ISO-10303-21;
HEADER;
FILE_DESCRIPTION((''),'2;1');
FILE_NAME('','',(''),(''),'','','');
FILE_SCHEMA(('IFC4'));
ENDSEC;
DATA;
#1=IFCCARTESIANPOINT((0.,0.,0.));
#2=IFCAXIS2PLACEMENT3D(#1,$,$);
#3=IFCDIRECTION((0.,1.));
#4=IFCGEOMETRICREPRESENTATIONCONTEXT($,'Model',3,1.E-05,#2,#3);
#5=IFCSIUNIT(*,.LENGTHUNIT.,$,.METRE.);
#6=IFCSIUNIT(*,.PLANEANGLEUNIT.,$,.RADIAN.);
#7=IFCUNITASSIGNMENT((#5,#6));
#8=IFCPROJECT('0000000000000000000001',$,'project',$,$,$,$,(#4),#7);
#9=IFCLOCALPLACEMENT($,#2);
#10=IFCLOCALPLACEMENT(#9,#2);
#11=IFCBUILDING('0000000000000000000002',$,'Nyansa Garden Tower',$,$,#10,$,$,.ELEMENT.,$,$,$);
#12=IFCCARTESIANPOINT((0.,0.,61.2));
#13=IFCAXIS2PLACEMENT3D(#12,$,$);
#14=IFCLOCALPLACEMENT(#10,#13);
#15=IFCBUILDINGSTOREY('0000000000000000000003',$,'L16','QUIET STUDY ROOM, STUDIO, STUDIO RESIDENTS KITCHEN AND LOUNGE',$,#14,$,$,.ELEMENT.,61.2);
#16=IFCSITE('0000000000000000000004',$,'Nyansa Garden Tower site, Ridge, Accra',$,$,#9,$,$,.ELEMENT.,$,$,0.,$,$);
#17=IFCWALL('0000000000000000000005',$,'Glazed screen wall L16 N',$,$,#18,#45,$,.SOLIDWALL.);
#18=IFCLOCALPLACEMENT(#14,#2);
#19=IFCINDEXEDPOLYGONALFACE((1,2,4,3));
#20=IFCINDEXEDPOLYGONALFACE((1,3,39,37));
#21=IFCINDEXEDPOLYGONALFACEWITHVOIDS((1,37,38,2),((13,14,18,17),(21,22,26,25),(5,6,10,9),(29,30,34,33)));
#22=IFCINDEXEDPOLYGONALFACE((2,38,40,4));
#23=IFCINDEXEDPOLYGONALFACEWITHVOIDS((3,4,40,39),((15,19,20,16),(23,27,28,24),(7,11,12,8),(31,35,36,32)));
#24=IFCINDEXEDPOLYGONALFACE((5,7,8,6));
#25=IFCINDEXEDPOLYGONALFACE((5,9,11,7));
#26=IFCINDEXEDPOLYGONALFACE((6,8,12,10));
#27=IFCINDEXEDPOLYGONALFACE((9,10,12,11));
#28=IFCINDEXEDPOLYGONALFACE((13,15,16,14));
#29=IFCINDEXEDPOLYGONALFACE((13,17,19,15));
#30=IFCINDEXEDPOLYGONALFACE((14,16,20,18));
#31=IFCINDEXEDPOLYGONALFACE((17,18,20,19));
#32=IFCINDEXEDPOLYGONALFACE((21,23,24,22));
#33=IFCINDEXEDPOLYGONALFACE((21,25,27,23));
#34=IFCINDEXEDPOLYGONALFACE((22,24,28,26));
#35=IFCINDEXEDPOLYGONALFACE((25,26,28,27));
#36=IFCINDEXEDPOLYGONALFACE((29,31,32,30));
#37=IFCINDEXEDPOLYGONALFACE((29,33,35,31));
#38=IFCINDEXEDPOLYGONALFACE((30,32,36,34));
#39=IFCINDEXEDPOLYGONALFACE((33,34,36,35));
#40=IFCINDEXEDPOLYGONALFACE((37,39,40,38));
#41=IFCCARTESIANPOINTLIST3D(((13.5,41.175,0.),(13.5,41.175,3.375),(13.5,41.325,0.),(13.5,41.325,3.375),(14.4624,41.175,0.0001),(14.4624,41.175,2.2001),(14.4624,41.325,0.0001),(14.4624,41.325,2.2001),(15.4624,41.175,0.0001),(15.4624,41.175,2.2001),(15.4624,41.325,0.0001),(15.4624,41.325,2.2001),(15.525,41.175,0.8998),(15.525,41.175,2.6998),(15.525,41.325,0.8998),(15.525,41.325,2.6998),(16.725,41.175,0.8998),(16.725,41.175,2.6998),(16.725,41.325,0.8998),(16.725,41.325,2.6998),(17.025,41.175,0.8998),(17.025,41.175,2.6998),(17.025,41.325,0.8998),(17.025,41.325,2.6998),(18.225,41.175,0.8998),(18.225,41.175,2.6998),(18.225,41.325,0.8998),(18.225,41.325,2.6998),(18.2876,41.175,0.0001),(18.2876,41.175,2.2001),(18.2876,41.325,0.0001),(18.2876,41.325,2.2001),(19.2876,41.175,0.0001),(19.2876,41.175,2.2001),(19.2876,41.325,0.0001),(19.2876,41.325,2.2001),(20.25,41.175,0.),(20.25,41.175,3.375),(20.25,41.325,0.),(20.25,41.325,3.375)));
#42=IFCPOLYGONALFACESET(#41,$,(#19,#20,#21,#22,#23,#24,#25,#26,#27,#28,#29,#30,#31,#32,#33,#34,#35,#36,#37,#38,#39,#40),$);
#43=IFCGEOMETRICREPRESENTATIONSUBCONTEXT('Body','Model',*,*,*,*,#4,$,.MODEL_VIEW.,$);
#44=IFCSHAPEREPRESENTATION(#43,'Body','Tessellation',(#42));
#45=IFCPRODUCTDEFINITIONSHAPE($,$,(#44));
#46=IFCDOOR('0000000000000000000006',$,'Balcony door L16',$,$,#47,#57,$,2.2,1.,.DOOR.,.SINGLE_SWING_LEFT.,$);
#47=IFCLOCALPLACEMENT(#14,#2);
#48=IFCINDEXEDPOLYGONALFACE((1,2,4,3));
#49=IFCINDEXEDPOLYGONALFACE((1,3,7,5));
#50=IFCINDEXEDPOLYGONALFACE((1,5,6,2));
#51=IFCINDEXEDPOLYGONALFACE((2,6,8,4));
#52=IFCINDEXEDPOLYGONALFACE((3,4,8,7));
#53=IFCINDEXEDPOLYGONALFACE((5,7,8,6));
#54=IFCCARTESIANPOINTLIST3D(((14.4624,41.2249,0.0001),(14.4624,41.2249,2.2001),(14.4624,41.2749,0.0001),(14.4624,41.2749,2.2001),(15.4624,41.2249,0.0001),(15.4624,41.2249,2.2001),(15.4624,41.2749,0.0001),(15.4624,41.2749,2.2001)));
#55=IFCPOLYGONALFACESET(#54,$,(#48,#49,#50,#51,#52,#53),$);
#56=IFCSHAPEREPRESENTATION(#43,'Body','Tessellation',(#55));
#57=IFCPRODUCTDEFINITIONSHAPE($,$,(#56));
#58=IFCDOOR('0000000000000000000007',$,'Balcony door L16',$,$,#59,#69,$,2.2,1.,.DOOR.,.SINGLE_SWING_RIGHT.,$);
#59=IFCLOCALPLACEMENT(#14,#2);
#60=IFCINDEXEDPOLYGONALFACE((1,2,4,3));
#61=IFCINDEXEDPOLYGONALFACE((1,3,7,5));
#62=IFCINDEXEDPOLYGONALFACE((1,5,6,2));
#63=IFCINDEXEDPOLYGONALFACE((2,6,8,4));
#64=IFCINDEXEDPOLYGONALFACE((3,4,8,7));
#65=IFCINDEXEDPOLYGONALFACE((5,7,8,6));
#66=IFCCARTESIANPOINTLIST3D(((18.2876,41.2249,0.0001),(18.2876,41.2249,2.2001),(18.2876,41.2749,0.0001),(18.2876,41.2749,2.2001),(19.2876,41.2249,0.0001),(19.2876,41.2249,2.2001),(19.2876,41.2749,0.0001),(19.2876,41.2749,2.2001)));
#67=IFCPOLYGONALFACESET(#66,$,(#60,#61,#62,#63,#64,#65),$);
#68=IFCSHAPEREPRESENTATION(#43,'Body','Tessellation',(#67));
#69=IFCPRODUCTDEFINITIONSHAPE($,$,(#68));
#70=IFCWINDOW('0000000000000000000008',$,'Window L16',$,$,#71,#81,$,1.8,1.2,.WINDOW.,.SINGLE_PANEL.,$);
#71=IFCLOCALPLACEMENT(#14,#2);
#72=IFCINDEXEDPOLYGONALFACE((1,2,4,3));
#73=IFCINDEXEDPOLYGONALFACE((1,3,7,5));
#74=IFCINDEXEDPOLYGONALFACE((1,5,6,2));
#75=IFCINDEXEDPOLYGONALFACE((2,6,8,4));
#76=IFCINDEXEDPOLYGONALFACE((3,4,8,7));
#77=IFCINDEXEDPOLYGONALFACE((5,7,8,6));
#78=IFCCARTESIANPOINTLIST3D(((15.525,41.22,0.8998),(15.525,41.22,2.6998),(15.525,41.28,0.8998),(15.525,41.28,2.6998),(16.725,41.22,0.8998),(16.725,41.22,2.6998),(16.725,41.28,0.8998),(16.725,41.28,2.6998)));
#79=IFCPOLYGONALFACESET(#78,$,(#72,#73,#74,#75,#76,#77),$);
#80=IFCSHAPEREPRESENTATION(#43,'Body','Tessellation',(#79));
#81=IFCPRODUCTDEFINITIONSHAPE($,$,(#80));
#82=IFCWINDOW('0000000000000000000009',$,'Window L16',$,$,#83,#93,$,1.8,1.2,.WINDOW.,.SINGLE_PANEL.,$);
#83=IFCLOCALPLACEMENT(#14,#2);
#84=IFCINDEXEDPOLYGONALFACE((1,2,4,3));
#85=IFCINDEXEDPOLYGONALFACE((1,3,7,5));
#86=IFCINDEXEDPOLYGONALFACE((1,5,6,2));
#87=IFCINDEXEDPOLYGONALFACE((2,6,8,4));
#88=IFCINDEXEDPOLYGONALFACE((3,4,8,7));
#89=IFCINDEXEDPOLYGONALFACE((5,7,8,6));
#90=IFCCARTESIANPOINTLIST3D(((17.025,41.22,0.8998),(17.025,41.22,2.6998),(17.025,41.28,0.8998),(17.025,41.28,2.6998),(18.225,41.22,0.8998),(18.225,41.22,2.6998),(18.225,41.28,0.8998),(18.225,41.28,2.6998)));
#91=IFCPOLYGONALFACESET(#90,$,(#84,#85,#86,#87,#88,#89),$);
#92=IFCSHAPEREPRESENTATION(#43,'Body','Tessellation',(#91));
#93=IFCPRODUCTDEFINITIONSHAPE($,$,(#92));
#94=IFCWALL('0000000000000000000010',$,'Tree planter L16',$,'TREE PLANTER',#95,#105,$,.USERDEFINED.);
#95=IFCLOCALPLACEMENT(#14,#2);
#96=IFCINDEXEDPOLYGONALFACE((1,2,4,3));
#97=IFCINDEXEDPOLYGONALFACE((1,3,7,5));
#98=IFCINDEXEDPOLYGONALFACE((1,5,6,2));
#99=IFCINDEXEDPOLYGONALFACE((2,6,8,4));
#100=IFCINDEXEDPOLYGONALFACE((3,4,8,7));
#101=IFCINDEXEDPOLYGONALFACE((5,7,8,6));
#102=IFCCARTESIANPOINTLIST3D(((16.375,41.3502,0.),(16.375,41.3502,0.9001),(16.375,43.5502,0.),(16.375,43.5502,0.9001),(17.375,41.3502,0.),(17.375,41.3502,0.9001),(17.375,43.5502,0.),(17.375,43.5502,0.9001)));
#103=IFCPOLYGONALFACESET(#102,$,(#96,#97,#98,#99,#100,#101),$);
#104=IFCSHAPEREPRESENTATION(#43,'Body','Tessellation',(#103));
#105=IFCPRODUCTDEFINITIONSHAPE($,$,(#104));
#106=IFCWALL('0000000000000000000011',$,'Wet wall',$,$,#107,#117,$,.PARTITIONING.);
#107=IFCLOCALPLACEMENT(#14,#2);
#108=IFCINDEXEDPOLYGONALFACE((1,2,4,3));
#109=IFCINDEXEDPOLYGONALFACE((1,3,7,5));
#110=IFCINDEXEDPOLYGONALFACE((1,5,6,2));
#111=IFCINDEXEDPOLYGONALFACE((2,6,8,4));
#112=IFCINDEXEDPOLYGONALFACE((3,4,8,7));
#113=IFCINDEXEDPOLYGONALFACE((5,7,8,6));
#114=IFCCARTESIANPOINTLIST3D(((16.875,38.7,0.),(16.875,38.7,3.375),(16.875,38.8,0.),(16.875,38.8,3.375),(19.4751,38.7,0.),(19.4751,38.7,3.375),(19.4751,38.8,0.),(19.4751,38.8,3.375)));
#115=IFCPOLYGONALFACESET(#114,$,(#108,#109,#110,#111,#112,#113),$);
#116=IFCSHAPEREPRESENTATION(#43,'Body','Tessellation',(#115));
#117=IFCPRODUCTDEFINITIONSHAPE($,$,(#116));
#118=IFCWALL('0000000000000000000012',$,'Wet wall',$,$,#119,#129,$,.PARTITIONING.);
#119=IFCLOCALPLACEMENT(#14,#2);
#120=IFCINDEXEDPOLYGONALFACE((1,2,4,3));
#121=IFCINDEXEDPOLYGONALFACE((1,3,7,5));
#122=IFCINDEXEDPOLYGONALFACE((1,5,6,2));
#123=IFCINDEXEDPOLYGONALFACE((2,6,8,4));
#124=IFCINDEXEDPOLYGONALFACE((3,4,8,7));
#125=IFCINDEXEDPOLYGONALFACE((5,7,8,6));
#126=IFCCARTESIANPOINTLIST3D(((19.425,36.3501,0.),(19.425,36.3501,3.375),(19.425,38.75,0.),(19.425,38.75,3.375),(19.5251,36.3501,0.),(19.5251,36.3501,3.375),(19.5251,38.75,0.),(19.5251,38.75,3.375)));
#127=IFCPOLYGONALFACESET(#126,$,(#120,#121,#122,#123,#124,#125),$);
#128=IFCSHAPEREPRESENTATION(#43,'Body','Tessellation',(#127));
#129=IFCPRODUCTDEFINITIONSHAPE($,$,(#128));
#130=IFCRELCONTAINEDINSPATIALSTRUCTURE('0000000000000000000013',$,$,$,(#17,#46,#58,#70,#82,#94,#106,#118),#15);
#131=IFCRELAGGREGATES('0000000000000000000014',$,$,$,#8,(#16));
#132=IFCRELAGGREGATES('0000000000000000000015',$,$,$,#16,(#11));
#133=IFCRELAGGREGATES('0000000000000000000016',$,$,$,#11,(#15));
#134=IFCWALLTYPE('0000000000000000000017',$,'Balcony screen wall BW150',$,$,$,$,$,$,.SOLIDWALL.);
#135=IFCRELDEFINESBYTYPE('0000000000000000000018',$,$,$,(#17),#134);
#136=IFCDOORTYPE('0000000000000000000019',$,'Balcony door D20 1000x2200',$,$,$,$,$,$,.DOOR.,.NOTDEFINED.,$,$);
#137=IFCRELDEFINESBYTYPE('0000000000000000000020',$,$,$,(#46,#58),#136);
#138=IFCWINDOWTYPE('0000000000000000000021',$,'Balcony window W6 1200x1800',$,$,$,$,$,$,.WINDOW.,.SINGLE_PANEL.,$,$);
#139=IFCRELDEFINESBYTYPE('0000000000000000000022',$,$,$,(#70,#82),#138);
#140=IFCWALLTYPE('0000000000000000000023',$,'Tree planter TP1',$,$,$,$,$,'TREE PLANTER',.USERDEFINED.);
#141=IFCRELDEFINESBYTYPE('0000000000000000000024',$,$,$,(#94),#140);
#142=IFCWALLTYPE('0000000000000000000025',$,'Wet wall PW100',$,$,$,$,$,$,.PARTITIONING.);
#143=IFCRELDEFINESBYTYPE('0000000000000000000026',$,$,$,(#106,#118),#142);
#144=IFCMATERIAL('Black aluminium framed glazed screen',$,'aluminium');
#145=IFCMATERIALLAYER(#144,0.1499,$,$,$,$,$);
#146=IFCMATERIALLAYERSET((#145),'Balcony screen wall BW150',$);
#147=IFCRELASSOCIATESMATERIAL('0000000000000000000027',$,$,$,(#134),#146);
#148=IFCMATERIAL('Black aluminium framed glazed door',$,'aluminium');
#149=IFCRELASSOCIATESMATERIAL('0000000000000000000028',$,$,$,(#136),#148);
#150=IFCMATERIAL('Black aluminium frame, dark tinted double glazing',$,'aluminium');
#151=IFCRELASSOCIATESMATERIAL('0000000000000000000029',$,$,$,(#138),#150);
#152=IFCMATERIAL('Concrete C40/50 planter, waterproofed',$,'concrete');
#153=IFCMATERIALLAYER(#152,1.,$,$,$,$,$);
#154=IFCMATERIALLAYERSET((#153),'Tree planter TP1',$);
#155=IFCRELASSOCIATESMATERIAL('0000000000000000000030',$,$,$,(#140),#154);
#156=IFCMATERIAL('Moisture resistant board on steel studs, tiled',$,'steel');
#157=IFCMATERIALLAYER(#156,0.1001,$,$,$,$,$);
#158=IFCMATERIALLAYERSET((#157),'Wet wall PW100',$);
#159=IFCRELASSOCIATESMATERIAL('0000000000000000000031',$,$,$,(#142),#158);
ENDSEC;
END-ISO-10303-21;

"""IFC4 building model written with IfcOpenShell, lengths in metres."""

from ifc_helpers import new_model, si_unit, direction, frame, frame_2d, origin, place, context, subcontext, project, spatial, rectangle, extrude, material, layer, layer_set, type_object, element, fill, save


model = new_model("IFC4")

# Units and contexts
model_context = context("Model", 3, precision=1e-05, world=origin(), true_north=direction((0.0, 1.0)))
body_context = subcontext(model_context, "Body", "Model", "MODEL_VIEW")
ifc_project = project(units=[si_unit("LENGTHUNIT", "METRE"), si_unit("PLANEANGLEUNIT", "RADIAN")], contexts=[model_context])

# Site, building, storey
site_placement = place(None, origin())
site = spatial("IfcSite", under=ifc_project, at=site_placement, Name="Nyansa Garden Tower site, Ridge, Accra", CompositionType="ELEMENT", RefElevation=0.0)
building_placement = place(site_placement, origin())
building = spatial("IfcBuilding", under=site, at=building_placement, Name="Nyansa Garden Tower", CompositionType="ELEMENT")
storey_placement = place(building_placement, frame((0.0, 0.0, 61.2)))
storey = spatial("IfcBuildingStorey", under=building, at=storey_placement, Name="L16", Description="QUIET STUDY ROOM, STUDIO, STUDIO RESIDENTS KITCHEN AND LOUNGE", CompositionType="ELEMENT", Elevation=61.2)

# Wall, openings, doors, windows
ifc_material_1 = material(Name="Black aluminium framed glazed screen", Category="aluminium")
ifc_layer_1 = layer(ifc_material_1, 0.1499)
ifc_layer_set_1 = layer_set([ifc_layer_1], Name="Balcony screen wall BW150")
wall_type_1 = type_object("IfcWallType", Name="Balcony screen wall BW150", PredefinedType="SOLIDWALL", material=ifc_layer_set_1)
wall_1_placement = place(storey_placement, frame((13.5, 41.25, 0.0), z_axis=(0.0, 0.0, 1.0), x_axis=(1.0, 0.0, 0.0)))
wall_1 = element("IfcWall", 1, at=wall_1_placement, inside=storey, type_object=wall_type_1, Name="Glazed screen wall L16 N", PredefinedType="SOLIDWALL", context=body_context, shape_type="SweptSolid", body=[
    extrude(rectangle(XDim=6.75, YDim=0.1499, at=frame_2d((3.375, 0.0))), origin(), (0.0, 0.0, 1.0), 3.375),
])
opening_1_placement = place(wall_1_placement, frame((0.9624, 0.0, 0.0)))
opening_1 = element("IfcOpeningElement", 2, at=opening_1_placement, cuts=wall_1, PredefinedType="OPENING", context=body_context, shape_type="SweptSolid", body=[
    extrude(rectangle(XDim=1.0, YDim=2.2, at=frame_2d((0.5, 1.1001))), frame((0.0, 0.085, 0.0), z_axis=(0.0, -1.0, 0.0), x_axis=(1.0, 0.0, 0.0)), (0.0, 0.0, 1.0), 0.1699),
])
opening_2_placement = place(wall_1_placement, frame((2.0249, 0.0, 0.8999)))
opening_2 = element("IfcOpeningElement", 3, at=opening_2_placement, cuts=wall_1, PredefinedType="OPENING", context=body_context, shape_type="SweptSolid", body=[
    extrude(rectangle(XDim=1.2, YDim=1.8, at=frame_2d((0.6001, 0.8999))), frame((0.0, 0.085, 0.0), z_axis=(0.0, -1.0, 0.0), x_axis=(1.0, 0.0, 0.0)), (0.0, 0.0, 1.0), 0.1699),
])
opening_3_placement = place(wall_1_placement, frame((4.7876, 0.0, 0.0)))
opening_3 = element("IfcOpeningElement", 4, at=opening_3_placement, cuts=wall_1, PredefinedType="OPENING", context=body_context, shape_type="SweptSolid", body=[
    extrude(rectangle(XDim=1.0, YDim=2.2, at=frame_2d((0.5, 1.1001))), frame((0.0, 0.085, 0.0), z_axis=(0.0, -1.0, 0.0), x_axis=(1.0, 0.0, 0.0)), (0.0, 0.0, 1.0), 0.1699),
])
opening_4_placement = place(wall_1_placement, frame((3.5249, 0.0, 0.8999)))
opening_4 = element("IfcOpeningElement", 5, at=opening_4_placement, cuts=wall_1, PredefinedType="OPENING", context=body_context, shape_type="SweptSolid", body=[
    extrude(rectangle(XDim=1.2, YDim=1.8, at=frame_2d((0.6001, 0.8999))), frame((0.0, 0.085, 0.0), z_axis=(0.0, -1.0, 0.0), x_axis=(1.0, 0.0, 0.0)), (0.0, 0.0, 1.0), 0.1699),
])
ifc_material_2 = material(Name="Black aluminium framed glazed door", Category="aluminium")
door_type_1 = type_object("IfcDoorType", Name="Balcony door D20 1000x2200", OperationType="NOTDEFINED", PredefinedType="DOOR", material=ifc_material_2)
door_1_placement = place(opening_1_placement, origin())
door_1 = element("IfcDoor", 6, at=door_1_placement, inside=storey, type_object=door_type_1, Name="Balcony door L16", OperationType="SINGLE_SWING_LEFT", OverallHeight=2.2, OverallWidth=1.0, PredefinedType="DOOR", context=body_context, shape_type="SweptSolid", body=[
    extrude(rectangle(XDim=1.0, YDim=2.2, at=frame_2d((0.5, 1.1001))), frame((0.0, 0.0249, 0.0), z_axis=(0.0, -1.0, 0.0), x_axis=(1.0, 0.0, 0.0)), (0.0, 0.0, 1.0), 0.05),
])
fill(opening_1, door_1)
door_2_placement = place(opening_3_placement, origin())
door_2 = element("IfcDoor", 7, at=door_2_placement, inside=storey, type_object=door_type_1, Name="Balcony door L16", OperationType="SINGLE_SWING_RIGHT", OverallHeight=2.2, OverallWidth=1.0, PredefinedType="DOOR", context=body_context, shape_type="SweptSolid", body=[
    extrude(rectangle(XDim=1.0, YDim=2.2, at=frame_2d((0.5, 1.1001))), frame((0.0, 0.0249, 0.0), z_axis=(0.0, -1.0, 0.0), x_axis=(1.0, 0.0, 0.0)), (0.0, 0.0, 1.0), 0.05),
])
fill(opening_3, door_2)
ifc_material_3 = material(Name="Black aluminium frame, dark tinted double glazing", Category="aluminium")
window_type = type_object("IfcWindowType", Name="Balcony window W6 1200x1800", PartitioningType="SINGLE_PANEL", PredefinedType="WINDOW", material=ifc_material_3)
window_1_placement = place(opening_2_placement, origin())
window_1 = element("IfcWindow", 8, at=window_1_placement, inside=storey, type_object=window_type, Name="Window L16", OverallHeight=1.8, OverallWidth=1.2, PartitioningType="SINGLE_PANEL", PredefinedType="WINDOW", context=body_context, shape_type="SweptSolid", body=[
    extrude(rectangle(XDim=1.2, YDim=1.8, at=frame_2d((0.6001, 0.8999))), frame((0.0, 0.03, 0.0), z_axis=(0.0, -1.0, 0.0), x_axis=(1.0, 0.0, 0.0)), (0.0, 0.0, 1.0), 0.0601),
])
fill(opening_2, window_1)
window_2_placement = place(opening_4_placement, origin())
window_2 = element("IfcWindow", 9, at=window_2_placement, inside=storey, type_object=window_type, Name="Window L16", OverallHeight=1.8, OverallWidth=1.2, PartitioningType="SINGLE_PANEL", PredefinedType="WINDOW", context=body_context, shape_type="SweptSolid", body=[
    extrude(rectangle(XDim=1.2, YDim=1.8, at=frame_2d((0.6001, 0.8999))), frame((0.0, 0.03, 0.0), z_axis=(0.0, -1.0, 0.0), x_axis=(1.0, 0.0, 0.0)), (0.0, 0.0, 1.0), 0.0601),
])
fill(opening_4, window_2)

# Walls
ifc_material_4 = material(Name="Concrete C40/50 planter, waterproofed", Category="concrete")
ifc_layer_2 = layer(ifc_material_4, 1.0)
ifc_layer_set_2 = layer_set([ifc_layer_2], Name="Tree planter TP1")
wall_type_2 = type_object("IfcWallType", Name="Tree planter TP1", ElementType="TREE PLANTER", PredefinedType="USERDEFINED", material=ifc_layer_set_2)
wall_2_placement = place(storey_placement, frame((16.875, 41.3501, 0.0), z_axis=(0.0, 0.0, 1.0), x_axis=(0.0, 1.0, 0.0)))
element("IfcWall", 10, at=wall_2_placement, inside=storey, type_object=wall_type_2, Name="Tree planter L16", ObjectType="TREE PLANTER", PredefinedType="USERDEFINED", context=body_context, shape_type="SweptSolid", body=[
    extrude(rectangle(XDim=2.2, YDim=1.0, at=frame_2d((1.1001, 0.0))), origin(), (0.0, 0.0, 1.0), 0.9001),
])
ifc_material_5 = material(Name="Moisture resistant board on steel studs, tiled", Category="steel")
ifc_layer_3 = layer(ifc_material_5, 0.1001)
ifc_layer_set_3 = layer_set([ifc_layer_3], Name="Wet wall PW100")
wall_type_3 = type_object("IfcWallType", Name="Wet wall PW100", PredefinedType="PARTITIONING", material=ifc_layer_set_3)
wall_3_placement = place(storey_placement, frame((16.875, 38.75, 0.0), z_axis=(0.0, 0.0, 1.0), x_axis=(1.0, 0.0, 0.0)))
element("IfcWall", 11, at=wall_3_placement, inside=storey, type_object=wall_type_3, Name="Wet wall", PredefinedType="PARTITIONING", context=body_context, shape_type="SweptSolid", body=[
    extrude(rectangle(XDim=2.6001, YDim=0.1001, at=frame_2d((1.3, 0.0))), origin(), (0.0, 0.0, 1.0), 3.375),
])
wall_4_placement = place(storey_placement, frame((19.4751, 36.3501, 0.0), z_axis=(0.0, 0.0, 1.0), x_axis=(0.0, 1.0, 0.0)))
element("IfcWall", 12, at=wall_4_placement, inside=storey, type_object=wall_type_3, Name="Wet wall", PredefinedType="PARTITIONING", context=body_context, shape_type="SweptSolid", body=[
    extrude(rectangle(XDim=2.3999, YDim=0.1001, at=frame_2d((1.2, 0.0))), origin(), (0.0, 0.0, 1.0), 3.375),
])

save(model, "model.ifc")
